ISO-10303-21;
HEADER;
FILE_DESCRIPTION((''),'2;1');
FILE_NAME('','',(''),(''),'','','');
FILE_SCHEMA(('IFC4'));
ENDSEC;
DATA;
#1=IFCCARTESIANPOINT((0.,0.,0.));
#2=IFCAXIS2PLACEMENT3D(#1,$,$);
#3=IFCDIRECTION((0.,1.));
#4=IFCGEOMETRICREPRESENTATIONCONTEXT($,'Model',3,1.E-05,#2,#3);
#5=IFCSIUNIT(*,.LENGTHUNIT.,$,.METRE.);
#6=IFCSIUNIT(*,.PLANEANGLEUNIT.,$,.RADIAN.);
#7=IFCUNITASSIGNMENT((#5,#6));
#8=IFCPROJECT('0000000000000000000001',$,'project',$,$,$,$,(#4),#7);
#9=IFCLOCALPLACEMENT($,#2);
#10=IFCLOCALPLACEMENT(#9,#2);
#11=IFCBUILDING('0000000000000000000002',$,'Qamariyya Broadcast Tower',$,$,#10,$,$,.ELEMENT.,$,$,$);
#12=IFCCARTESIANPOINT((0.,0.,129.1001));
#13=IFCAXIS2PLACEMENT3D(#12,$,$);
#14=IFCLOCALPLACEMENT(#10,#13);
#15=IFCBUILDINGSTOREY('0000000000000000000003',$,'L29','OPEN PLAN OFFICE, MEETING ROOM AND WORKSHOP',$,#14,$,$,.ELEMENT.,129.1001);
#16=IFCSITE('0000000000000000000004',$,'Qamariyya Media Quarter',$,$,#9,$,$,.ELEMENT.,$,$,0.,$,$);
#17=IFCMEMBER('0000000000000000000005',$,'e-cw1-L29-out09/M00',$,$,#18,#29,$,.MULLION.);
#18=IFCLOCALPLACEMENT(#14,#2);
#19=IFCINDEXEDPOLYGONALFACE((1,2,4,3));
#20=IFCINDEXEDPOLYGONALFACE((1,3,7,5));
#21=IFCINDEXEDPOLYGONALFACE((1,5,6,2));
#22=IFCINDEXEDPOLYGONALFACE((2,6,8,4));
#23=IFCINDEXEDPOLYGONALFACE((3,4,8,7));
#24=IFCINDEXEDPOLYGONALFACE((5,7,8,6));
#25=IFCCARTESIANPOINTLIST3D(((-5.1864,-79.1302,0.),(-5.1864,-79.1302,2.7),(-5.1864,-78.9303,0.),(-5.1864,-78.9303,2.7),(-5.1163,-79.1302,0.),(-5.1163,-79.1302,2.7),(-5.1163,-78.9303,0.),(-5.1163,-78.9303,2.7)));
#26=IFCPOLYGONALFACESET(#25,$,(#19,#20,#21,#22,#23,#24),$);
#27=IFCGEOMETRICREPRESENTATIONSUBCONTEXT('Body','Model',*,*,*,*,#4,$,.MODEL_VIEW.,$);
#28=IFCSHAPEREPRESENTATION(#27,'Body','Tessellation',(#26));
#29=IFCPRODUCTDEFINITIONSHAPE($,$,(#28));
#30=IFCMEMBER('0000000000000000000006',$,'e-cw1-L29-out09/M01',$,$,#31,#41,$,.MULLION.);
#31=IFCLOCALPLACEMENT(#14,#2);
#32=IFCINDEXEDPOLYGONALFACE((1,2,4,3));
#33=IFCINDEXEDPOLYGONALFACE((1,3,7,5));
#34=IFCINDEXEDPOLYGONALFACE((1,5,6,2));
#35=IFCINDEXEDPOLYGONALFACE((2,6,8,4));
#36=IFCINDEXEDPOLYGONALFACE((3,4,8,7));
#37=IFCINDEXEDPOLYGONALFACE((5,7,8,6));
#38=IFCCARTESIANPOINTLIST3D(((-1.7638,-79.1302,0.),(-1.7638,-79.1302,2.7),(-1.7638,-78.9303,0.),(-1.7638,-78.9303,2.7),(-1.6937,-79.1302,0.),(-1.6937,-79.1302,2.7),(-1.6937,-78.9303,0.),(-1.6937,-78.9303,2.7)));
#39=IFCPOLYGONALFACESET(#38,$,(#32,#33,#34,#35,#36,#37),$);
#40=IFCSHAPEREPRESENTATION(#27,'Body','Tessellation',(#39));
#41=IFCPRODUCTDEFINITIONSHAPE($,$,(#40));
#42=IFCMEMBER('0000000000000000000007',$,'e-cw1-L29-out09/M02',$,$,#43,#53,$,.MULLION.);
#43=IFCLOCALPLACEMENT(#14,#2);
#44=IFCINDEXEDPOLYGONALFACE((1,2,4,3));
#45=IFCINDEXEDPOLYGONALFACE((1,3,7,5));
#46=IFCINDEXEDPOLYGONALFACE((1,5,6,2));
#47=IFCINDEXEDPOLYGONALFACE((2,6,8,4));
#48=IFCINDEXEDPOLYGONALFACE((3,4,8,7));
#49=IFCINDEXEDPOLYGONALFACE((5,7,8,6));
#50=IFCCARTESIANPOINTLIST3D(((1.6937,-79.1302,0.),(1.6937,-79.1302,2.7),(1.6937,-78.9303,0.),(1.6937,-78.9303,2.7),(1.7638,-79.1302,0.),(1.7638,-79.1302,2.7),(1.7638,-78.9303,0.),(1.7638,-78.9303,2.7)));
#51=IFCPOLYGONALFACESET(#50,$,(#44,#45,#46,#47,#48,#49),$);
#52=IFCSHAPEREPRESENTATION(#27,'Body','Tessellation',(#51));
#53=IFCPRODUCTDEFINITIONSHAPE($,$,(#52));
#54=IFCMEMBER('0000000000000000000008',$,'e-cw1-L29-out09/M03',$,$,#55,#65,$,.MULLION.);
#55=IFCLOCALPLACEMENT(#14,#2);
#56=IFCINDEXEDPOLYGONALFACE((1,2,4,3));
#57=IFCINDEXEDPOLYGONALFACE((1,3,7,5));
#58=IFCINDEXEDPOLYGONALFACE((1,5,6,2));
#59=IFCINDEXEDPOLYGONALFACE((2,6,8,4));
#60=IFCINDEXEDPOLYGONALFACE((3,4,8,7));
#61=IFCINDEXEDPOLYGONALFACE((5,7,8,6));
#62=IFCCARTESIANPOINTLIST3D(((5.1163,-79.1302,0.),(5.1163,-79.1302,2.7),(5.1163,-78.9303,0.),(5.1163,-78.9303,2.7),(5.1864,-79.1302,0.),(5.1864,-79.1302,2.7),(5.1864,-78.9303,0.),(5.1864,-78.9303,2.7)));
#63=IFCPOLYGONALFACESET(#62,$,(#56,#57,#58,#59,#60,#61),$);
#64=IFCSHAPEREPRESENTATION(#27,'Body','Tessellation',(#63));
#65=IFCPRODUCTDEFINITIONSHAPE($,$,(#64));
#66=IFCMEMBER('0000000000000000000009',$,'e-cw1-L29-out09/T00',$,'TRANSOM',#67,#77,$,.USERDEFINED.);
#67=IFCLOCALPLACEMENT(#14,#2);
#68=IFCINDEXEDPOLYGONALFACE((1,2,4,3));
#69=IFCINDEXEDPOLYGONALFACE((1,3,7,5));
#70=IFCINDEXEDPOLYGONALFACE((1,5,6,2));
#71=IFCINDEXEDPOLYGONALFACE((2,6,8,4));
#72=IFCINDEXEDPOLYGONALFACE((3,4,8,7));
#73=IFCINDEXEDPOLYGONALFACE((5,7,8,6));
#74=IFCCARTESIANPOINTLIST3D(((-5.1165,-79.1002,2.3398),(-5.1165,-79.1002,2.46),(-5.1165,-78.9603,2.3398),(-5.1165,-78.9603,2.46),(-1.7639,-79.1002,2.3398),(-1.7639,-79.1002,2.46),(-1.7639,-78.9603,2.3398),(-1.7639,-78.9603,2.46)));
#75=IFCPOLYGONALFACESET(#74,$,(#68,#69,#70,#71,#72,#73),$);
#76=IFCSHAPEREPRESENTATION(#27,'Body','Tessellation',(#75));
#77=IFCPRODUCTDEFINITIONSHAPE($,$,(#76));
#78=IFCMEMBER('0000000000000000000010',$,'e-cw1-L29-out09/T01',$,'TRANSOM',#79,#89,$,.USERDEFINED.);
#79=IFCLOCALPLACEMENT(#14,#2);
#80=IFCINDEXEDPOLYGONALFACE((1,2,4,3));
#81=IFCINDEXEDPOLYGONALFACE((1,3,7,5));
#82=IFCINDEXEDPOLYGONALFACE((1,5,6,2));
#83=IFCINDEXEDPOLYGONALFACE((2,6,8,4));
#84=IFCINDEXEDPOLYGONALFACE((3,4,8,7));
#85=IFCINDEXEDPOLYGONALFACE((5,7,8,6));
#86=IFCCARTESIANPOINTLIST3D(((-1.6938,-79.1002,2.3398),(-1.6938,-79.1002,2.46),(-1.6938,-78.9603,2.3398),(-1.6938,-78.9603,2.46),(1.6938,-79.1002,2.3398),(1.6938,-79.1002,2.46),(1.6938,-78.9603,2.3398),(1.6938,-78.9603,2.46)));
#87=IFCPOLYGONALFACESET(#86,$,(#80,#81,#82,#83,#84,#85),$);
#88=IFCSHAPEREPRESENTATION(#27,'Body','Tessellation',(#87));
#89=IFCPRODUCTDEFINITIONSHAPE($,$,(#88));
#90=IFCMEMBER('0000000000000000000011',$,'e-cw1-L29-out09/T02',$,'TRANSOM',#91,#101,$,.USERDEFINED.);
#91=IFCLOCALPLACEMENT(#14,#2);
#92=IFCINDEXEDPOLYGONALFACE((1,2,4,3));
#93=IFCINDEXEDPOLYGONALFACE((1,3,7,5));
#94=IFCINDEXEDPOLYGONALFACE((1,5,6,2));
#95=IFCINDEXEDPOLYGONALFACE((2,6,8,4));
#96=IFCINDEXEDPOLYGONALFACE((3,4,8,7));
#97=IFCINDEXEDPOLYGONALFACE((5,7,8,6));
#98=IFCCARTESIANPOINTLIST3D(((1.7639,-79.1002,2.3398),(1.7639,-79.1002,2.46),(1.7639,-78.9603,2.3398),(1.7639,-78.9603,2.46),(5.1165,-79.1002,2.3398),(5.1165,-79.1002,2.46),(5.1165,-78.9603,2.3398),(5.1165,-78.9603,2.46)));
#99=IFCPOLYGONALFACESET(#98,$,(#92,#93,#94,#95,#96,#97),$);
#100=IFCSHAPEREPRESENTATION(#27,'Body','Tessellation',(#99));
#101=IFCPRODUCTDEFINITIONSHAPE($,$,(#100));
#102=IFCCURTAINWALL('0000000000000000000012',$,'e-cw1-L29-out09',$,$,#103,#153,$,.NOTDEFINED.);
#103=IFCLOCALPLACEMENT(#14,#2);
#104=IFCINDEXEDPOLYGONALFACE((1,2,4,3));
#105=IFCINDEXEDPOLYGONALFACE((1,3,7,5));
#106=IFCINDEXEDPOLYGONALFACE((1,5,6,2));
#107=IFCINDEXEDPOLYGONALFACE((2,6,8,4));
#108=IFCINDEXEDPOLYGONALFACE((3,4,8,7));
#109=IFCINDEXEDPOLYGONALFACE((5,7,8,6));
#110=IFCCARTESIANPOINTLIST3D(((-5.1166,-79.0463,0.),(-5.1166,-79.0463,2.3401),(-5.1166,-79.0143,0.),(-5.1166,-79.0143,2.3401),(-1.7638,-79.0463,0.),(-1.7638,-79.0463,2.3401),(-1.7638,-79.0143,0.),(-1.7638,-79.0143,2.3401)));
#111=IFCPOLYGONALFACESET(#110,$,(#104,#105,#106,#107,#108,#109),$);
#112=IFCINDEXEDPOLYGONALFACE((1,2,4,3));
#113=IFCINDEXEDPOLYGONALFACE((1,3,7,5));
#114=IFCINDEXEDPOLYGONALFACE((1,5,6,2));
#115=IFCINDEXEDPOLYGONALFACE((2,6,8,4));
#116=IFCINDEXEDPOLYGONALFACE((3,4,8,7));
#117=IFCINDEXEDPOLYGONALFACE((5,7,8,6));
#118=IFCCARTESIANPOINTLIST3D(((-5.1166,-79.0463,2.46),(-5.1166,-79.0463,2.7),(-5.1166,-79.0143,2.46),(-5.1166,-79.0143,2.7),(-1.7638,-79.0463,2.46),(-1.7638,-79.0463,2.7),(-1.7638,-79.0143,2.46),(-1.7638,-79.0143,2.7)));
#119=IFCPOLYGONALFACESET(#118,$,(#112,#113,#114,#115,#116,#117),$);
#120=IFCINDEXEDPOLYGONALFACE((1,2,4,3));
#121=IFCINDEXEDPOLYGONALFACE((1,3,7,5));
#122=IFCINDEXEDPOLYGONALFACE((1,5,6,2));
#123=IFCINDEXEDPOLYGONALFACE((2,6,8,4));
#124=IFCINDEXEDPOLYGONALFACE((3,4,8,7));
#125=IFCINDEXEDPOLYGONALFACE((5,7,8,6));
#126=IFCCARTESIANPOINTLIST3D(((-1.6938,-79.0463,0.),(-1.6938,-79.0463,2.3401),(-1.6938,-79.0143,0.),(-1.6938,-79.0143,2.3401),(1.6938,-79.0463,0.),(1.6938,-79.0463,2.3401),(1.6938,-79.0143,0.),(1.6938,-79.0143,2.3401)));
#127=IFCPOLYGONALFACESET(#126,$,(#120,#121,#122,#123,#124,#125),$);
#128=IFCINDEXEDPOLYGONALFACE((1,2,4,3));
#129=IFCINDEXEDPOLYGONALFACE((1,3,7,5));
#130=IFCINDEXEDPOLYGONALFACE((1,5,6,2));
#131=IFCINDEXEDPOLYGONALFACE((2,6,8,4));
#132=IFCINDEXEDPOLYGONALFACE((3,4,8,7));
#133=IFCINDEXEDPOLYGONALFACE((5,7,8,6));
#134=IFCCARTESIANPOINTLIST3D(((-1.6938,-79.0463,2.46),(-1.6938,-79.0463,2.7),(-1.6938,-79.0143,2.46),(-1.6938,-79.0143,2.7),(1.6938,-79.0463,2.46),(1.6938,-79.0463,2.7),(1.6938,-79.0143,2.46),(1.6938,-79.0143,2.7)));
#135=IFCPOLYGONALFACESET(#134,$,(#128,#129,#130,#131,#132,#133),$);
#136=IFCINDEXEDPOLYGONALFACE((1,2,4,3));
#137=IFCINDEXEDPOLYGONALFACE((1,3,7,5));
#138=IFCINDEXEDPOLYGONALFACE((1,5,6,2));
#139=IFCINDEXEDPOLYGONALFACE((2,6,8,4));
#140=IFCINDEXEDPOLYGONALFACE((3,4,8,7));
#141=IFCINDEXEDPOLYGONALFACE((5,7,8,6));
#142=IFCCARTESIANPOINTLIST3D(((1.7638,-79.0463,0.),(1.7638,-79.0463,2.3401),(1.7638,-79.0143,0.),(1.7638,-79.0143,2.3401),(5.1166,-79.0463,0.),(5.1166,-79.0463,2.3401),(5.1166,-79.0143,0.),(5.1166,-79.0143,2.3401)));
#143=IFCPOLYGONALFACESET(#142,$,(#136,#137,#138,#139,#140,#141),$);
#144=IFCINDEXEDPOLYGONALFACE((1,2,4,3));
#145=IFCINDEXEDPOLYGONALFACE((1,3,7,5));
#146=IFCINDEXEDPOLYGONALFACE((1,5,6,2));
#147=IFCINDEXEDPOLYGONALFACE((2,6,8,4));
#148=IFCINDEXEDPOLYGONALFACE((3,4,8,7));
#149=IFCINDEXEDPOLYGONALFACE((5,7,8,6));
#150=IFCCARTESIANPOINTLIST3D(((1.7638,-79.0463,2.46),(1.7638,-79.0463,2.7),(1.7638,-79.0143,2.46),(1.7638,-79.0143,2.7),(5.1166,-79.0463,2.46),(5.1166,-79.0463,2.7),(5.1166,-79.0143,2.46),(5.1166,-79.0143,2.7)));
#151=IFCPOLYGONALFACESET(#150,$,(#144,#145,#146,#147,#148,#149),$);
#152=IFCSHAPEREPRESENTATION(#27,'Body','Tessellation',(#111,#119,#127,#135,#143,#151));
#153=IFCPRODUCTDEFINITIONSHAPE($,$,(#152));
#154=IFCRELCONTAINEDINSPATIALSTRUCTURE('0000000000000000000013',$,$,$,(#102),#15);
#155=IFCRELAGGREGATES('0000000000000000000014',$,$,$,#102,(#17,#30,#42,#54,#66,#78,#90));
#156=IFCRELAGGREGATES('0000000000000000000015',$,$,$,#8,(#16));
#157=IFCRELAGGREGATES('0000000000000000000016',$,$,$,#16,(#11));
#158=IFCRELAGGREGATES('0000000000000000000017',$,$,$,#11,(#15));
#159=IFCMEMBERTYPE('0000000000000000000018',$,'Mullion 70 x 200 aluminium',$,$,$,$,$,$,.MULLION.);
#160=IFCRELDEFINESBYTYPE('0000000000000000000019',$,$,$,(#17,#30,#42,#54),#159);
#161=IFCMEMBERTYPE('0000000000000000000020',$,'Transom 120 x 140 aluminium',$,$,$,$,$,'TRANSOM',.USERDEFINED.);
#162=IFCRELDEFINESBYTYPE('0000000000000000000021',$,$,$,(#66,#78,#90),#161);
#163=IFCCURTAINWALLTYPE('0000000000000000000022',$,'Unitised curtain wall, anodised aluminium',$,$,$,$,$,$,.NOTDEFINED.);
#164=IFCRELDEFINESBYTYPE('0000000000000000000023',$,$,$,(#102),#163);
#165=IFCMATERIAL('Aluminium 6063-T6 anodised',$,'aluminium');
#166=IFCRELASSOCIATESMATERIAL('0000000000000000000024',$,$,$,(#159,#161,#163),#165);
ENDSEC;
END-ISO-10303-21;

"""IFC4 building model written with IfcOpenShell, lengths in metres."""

from ifc_helpers import new_model, si_unit, direction, frame, origin, origin_2d, place, context, subcontext, project, spatial, rectangle, extrude, material, material_profile, profile_set, type_object, element, aggregate, save


model = new_model("IFC4")

# Units and contexts
model_context = context("Model", 3, precision=1e-05, world=origin(), true_north=direction((0.0, 1.0)))
body_context = subcontext(model_context, "Body", "Model", "MODEL_VIEW")
ifc_project = project(units=[si_unit("LENGTHUNIT", "METRE"), si_unit("PLANEANGLEUNIT", "RADIAN")], contexts=[model_context])

# Members
ifc_material = material(Name="Aluminium 6063-T6 anodised", Category="aluminium")
ifc_material_profile_1 = material_profile(ifc_material, rectangle(XDim=0.2, YDim=0.0701, at=origin_2d()))
ifc_profile_set_1 = profile_set([ifc_material_profile_1], Name="Aluminium 6063-T6 anodised")
member_type_1 = type_object("IfcMemberType", Name="Mullion 70 x 200 aluminium", PredefinedType="MULLION", material=ifc_profile_set_1)
site_placement = place(None, origin())
building_placement = place(site_placement, origin())
storey_placement = place(building_placement, frame((0.0, 0.0, 129.1001)))
member_1_placement = place(storey_placement, frame((-5.1514, -79.0303, 0.0), z_axis=(0.0, 0.0, 1.0), x_axis=(0.0, 1.0, 0.0)))
member_1 = element("IfcMember", 1, at=member_1_placement, type_object=member_type_1, Name="e-cw1-L29-out09/M00", PredefinedType="MULLION", context=body_context, shape_type="SweptSolid", body=[
    extrude(rectangle(XDim=0.2, YDim=0.0701, at=origin_2d()), origin(), (0.0, 0.0, 1.0), 2.7),
])
member_2_placement = place(storey_placement, frame((-1.7288, -79.0303, 0.0), z_axis=(0.0, 0.0, 1.0), x_axis=(0.0, 1.0, 0.0)))
member_2 = element("IfcMember", 2, at=member_2_placement, type_object=member_type_1, Name="e-cw1-L29-out09/M01", PredefinedType="MULLION", context=body_context, shape_type="SweptSolid", body=[
    extrude(rectangle(XDim=0.2, YDim=0.0701, at=origin_2d()), origin(), (0.0, 0.0, 1.0), 2.7),
])
member_3_placement = place(storey_placement, frame((1.7288, -79.0303, 0.0), z_axis=(0.0, 0.0, 1.0), x_axis=(0.0, 1.0, 0.0)))
member_3 = element("IfcMember", 3, at=member_3_placement, type_object=member_type_1, Name="e-cw1-L29-out09/M02", PredefinedType="MULLION", context=body_context, shape_type="SweptSolid", body=[
    extrude(rectangle(XDim=0.2, YDim=0.0701, at=origin_2d()), origin(), (0.0, 0.0, 1.0), 2.7),
])
member_4_placement = place(storey_placement, frame((5.1514, -79.0303, 0.0), z_axis=(0.0, 0.0, 1.0), x_axis=(0.0, 1.0, 0.0)))
member_4 = element("IfcMember", 4, at=member_4_placement, type_object=member_type_1, Name="e-cw1-L29-out09/M03", PredefinedType="MULLION", context=body_context, shape_type="SweptSolid", body=[
    extrude(rectangle(XDim=0.2, YDim=0.0701, at=origin_2d()), origin(), (0.0, 0.0, 1.0), 2.7),
])
ifc_material_profile_2 = material_profile(ifc_material, rectangle(XDim=0.1399, YDim=0.1201, at=origin_2d()))
ifc_profile_set_2 = profile_set([ifc_material_profile_2], Name="Aluminium 6063-T6 anodised")
member_type_2 = type_object("IfcMemberType", Name="Transom 120 x 140 aluminium", ElementType="TRANSOM", PredefinedType="USERDEFINED", material=ifc_profile_set_2)
member_5_placement = place(storey_placement, frame((-5.1165, -79.0303, 2.3999), z_axis=(1.0, 0.0, 0.0), x_axis=(0.0, 1.0, 0.0)))
member_5 = element("IfcMember", 5, at=member_5_placement, type_object=member_type_2, Name="e-cw1-L29-out09/T00", ObjectType="TRANSOM", PredefinedType="USERDEFINED", context=body_context, shape_type="SweptSolid", body=[
    extrude(rectangle(XDim=0.1399, YDim=0.1201, at=origin_2d()), origin(), (0.0, 0.0, 1.0), 3.3525),
])
member_6_placement = place(storey_placement, frame((-1.6938, -79.0303, 2.3999), z_axis=(1.0, 0.0, 0.0), x_axis=(0.0, 1.0, 0.0)))
member_6 = element("IfcMember", 6, at=member_6_placement, type_object=member_type_2, Name="e-cw1-L29-out09/T01", ObjectType="TRANSOM", PredefinedType="USERDEFINED", context=body_context, shape_type="SweptSolid", body=[
    extrude(rectangle(XDim=0.1399, YDim=0.1201, at=origin_2d()), origin(), (0.0, 0.0, 1.0), 3.3877),
])
member_7_placement = place(storey_placement, frame((1.7639, -79.0303, 2.3999), z_axis=(1.0, 0.0, 0.0), x_axis=(0.0, 1.0, 0.0)))
member_7 = element("IfcMember", 7, at=member_7_placement, type_object=member_type_2, Name="e-cw1-L29-out09/T02", ObjectType="TRANSOM", PredefinedType="USERDEFINED", context=body_context, shape_type="SweptSolid", body=[
    extrude(rectangle(XDim=0.1399, YDim=0.1201, at=origin_2d()), origin(), (0.0, 0.0, 1.0), 3.3525),
])

# Site, building, storey
site = spatial("IfcSite", under=ifc_project, at=site_placement, Name="Qamariyya Media Quarter", CompositionType="ELEMENT", RefElevation=0.0)
building = spatial("IfcBuilding", under=site, at=building_placement, Name="Qamariyya Broadcast Tower", CompositionType="ELEMENT")
storey = spatial("IfcBuildingStorey", under=building, at=storey_placement, Name="L29", Description="OPEN PLAN OFFICE, MEETING ROOM AND WORKSHOP", CompositionType="ELEMENT", Elevation=129.1001)

# Curtain wall
curtain_wall_type = type_object("IfcCurtainWallType", Name="Unitised curtain wall, anodised aluminium", PredefinedType="NOTDEFINED", material=ifc_material)
curtain_wall_1_placement = place(storey_placement, origin())
curtain_wall_1 = element("IfcCurtainWall", 8, at=curtain_wall_1_placement, inside=storey, type_object=curtain_wall_type, Name="e-cw1-L29-out09", PredefinedType="NOTDEFINED", context=body_context, shape_type="SweptSolid", body=[
    extrude(rectangle(XDim=3.3528, YDim=0.032, at=origin_2d()), frame((-3.4402, -79.0303, 0.0), x_axis=(1.0, 0.0, 0.0)), (0.0, 0.0, 1.0), 2.3401),
    extrude(rectangle(XDim=3.3528, YDim=0.032, at=origin_2d()), frame((-3.4402, -79.0303, 2.46), x_axis=(1.0, 0.0, 0.0)), (0.0, 0.0, 1.0), 0.24),
    extrude(rectangle(XDim=3.3877, YDim=0.032, at=origin_2d()), frame((0.0, -79.0303, 0.0), x_axis=(1.0, 0.0, 0.0)), (0.0, 0.0, 1.0), 2.3401),
    extrude(rectangle(XDim=3.3877, YDim=0.032, at=origin_2d()), frame((0.0, -79.0303, 2.46), x_axis=(1.0, 0.0, 0.0)), (0.0, 0.0, 1.0), 0.24),
    extrude(rectangle(XDim=3.3528, YDim=0.032, at=origin_2d()), frame((3.4402, -79.0303, 0.0), x_axis=(1.0, 0.0, 0.0)), (0.0, 0.0, 1.0), 2.3401),
    extrude(rectangle(XDim=3.3528, YDim=0.032, at=origin_2d()), frame((3.4402, -79.0303, 2.46), x_axis=(1.0, 0.0, 0.0)), (0.0, 0.0, 1.0), 0.24),
])
aggregate(curtain_wall_1, [member_1, member_2, member_3, member_4, member_5, member_6, member_7])

save(model, "model.ifc")
